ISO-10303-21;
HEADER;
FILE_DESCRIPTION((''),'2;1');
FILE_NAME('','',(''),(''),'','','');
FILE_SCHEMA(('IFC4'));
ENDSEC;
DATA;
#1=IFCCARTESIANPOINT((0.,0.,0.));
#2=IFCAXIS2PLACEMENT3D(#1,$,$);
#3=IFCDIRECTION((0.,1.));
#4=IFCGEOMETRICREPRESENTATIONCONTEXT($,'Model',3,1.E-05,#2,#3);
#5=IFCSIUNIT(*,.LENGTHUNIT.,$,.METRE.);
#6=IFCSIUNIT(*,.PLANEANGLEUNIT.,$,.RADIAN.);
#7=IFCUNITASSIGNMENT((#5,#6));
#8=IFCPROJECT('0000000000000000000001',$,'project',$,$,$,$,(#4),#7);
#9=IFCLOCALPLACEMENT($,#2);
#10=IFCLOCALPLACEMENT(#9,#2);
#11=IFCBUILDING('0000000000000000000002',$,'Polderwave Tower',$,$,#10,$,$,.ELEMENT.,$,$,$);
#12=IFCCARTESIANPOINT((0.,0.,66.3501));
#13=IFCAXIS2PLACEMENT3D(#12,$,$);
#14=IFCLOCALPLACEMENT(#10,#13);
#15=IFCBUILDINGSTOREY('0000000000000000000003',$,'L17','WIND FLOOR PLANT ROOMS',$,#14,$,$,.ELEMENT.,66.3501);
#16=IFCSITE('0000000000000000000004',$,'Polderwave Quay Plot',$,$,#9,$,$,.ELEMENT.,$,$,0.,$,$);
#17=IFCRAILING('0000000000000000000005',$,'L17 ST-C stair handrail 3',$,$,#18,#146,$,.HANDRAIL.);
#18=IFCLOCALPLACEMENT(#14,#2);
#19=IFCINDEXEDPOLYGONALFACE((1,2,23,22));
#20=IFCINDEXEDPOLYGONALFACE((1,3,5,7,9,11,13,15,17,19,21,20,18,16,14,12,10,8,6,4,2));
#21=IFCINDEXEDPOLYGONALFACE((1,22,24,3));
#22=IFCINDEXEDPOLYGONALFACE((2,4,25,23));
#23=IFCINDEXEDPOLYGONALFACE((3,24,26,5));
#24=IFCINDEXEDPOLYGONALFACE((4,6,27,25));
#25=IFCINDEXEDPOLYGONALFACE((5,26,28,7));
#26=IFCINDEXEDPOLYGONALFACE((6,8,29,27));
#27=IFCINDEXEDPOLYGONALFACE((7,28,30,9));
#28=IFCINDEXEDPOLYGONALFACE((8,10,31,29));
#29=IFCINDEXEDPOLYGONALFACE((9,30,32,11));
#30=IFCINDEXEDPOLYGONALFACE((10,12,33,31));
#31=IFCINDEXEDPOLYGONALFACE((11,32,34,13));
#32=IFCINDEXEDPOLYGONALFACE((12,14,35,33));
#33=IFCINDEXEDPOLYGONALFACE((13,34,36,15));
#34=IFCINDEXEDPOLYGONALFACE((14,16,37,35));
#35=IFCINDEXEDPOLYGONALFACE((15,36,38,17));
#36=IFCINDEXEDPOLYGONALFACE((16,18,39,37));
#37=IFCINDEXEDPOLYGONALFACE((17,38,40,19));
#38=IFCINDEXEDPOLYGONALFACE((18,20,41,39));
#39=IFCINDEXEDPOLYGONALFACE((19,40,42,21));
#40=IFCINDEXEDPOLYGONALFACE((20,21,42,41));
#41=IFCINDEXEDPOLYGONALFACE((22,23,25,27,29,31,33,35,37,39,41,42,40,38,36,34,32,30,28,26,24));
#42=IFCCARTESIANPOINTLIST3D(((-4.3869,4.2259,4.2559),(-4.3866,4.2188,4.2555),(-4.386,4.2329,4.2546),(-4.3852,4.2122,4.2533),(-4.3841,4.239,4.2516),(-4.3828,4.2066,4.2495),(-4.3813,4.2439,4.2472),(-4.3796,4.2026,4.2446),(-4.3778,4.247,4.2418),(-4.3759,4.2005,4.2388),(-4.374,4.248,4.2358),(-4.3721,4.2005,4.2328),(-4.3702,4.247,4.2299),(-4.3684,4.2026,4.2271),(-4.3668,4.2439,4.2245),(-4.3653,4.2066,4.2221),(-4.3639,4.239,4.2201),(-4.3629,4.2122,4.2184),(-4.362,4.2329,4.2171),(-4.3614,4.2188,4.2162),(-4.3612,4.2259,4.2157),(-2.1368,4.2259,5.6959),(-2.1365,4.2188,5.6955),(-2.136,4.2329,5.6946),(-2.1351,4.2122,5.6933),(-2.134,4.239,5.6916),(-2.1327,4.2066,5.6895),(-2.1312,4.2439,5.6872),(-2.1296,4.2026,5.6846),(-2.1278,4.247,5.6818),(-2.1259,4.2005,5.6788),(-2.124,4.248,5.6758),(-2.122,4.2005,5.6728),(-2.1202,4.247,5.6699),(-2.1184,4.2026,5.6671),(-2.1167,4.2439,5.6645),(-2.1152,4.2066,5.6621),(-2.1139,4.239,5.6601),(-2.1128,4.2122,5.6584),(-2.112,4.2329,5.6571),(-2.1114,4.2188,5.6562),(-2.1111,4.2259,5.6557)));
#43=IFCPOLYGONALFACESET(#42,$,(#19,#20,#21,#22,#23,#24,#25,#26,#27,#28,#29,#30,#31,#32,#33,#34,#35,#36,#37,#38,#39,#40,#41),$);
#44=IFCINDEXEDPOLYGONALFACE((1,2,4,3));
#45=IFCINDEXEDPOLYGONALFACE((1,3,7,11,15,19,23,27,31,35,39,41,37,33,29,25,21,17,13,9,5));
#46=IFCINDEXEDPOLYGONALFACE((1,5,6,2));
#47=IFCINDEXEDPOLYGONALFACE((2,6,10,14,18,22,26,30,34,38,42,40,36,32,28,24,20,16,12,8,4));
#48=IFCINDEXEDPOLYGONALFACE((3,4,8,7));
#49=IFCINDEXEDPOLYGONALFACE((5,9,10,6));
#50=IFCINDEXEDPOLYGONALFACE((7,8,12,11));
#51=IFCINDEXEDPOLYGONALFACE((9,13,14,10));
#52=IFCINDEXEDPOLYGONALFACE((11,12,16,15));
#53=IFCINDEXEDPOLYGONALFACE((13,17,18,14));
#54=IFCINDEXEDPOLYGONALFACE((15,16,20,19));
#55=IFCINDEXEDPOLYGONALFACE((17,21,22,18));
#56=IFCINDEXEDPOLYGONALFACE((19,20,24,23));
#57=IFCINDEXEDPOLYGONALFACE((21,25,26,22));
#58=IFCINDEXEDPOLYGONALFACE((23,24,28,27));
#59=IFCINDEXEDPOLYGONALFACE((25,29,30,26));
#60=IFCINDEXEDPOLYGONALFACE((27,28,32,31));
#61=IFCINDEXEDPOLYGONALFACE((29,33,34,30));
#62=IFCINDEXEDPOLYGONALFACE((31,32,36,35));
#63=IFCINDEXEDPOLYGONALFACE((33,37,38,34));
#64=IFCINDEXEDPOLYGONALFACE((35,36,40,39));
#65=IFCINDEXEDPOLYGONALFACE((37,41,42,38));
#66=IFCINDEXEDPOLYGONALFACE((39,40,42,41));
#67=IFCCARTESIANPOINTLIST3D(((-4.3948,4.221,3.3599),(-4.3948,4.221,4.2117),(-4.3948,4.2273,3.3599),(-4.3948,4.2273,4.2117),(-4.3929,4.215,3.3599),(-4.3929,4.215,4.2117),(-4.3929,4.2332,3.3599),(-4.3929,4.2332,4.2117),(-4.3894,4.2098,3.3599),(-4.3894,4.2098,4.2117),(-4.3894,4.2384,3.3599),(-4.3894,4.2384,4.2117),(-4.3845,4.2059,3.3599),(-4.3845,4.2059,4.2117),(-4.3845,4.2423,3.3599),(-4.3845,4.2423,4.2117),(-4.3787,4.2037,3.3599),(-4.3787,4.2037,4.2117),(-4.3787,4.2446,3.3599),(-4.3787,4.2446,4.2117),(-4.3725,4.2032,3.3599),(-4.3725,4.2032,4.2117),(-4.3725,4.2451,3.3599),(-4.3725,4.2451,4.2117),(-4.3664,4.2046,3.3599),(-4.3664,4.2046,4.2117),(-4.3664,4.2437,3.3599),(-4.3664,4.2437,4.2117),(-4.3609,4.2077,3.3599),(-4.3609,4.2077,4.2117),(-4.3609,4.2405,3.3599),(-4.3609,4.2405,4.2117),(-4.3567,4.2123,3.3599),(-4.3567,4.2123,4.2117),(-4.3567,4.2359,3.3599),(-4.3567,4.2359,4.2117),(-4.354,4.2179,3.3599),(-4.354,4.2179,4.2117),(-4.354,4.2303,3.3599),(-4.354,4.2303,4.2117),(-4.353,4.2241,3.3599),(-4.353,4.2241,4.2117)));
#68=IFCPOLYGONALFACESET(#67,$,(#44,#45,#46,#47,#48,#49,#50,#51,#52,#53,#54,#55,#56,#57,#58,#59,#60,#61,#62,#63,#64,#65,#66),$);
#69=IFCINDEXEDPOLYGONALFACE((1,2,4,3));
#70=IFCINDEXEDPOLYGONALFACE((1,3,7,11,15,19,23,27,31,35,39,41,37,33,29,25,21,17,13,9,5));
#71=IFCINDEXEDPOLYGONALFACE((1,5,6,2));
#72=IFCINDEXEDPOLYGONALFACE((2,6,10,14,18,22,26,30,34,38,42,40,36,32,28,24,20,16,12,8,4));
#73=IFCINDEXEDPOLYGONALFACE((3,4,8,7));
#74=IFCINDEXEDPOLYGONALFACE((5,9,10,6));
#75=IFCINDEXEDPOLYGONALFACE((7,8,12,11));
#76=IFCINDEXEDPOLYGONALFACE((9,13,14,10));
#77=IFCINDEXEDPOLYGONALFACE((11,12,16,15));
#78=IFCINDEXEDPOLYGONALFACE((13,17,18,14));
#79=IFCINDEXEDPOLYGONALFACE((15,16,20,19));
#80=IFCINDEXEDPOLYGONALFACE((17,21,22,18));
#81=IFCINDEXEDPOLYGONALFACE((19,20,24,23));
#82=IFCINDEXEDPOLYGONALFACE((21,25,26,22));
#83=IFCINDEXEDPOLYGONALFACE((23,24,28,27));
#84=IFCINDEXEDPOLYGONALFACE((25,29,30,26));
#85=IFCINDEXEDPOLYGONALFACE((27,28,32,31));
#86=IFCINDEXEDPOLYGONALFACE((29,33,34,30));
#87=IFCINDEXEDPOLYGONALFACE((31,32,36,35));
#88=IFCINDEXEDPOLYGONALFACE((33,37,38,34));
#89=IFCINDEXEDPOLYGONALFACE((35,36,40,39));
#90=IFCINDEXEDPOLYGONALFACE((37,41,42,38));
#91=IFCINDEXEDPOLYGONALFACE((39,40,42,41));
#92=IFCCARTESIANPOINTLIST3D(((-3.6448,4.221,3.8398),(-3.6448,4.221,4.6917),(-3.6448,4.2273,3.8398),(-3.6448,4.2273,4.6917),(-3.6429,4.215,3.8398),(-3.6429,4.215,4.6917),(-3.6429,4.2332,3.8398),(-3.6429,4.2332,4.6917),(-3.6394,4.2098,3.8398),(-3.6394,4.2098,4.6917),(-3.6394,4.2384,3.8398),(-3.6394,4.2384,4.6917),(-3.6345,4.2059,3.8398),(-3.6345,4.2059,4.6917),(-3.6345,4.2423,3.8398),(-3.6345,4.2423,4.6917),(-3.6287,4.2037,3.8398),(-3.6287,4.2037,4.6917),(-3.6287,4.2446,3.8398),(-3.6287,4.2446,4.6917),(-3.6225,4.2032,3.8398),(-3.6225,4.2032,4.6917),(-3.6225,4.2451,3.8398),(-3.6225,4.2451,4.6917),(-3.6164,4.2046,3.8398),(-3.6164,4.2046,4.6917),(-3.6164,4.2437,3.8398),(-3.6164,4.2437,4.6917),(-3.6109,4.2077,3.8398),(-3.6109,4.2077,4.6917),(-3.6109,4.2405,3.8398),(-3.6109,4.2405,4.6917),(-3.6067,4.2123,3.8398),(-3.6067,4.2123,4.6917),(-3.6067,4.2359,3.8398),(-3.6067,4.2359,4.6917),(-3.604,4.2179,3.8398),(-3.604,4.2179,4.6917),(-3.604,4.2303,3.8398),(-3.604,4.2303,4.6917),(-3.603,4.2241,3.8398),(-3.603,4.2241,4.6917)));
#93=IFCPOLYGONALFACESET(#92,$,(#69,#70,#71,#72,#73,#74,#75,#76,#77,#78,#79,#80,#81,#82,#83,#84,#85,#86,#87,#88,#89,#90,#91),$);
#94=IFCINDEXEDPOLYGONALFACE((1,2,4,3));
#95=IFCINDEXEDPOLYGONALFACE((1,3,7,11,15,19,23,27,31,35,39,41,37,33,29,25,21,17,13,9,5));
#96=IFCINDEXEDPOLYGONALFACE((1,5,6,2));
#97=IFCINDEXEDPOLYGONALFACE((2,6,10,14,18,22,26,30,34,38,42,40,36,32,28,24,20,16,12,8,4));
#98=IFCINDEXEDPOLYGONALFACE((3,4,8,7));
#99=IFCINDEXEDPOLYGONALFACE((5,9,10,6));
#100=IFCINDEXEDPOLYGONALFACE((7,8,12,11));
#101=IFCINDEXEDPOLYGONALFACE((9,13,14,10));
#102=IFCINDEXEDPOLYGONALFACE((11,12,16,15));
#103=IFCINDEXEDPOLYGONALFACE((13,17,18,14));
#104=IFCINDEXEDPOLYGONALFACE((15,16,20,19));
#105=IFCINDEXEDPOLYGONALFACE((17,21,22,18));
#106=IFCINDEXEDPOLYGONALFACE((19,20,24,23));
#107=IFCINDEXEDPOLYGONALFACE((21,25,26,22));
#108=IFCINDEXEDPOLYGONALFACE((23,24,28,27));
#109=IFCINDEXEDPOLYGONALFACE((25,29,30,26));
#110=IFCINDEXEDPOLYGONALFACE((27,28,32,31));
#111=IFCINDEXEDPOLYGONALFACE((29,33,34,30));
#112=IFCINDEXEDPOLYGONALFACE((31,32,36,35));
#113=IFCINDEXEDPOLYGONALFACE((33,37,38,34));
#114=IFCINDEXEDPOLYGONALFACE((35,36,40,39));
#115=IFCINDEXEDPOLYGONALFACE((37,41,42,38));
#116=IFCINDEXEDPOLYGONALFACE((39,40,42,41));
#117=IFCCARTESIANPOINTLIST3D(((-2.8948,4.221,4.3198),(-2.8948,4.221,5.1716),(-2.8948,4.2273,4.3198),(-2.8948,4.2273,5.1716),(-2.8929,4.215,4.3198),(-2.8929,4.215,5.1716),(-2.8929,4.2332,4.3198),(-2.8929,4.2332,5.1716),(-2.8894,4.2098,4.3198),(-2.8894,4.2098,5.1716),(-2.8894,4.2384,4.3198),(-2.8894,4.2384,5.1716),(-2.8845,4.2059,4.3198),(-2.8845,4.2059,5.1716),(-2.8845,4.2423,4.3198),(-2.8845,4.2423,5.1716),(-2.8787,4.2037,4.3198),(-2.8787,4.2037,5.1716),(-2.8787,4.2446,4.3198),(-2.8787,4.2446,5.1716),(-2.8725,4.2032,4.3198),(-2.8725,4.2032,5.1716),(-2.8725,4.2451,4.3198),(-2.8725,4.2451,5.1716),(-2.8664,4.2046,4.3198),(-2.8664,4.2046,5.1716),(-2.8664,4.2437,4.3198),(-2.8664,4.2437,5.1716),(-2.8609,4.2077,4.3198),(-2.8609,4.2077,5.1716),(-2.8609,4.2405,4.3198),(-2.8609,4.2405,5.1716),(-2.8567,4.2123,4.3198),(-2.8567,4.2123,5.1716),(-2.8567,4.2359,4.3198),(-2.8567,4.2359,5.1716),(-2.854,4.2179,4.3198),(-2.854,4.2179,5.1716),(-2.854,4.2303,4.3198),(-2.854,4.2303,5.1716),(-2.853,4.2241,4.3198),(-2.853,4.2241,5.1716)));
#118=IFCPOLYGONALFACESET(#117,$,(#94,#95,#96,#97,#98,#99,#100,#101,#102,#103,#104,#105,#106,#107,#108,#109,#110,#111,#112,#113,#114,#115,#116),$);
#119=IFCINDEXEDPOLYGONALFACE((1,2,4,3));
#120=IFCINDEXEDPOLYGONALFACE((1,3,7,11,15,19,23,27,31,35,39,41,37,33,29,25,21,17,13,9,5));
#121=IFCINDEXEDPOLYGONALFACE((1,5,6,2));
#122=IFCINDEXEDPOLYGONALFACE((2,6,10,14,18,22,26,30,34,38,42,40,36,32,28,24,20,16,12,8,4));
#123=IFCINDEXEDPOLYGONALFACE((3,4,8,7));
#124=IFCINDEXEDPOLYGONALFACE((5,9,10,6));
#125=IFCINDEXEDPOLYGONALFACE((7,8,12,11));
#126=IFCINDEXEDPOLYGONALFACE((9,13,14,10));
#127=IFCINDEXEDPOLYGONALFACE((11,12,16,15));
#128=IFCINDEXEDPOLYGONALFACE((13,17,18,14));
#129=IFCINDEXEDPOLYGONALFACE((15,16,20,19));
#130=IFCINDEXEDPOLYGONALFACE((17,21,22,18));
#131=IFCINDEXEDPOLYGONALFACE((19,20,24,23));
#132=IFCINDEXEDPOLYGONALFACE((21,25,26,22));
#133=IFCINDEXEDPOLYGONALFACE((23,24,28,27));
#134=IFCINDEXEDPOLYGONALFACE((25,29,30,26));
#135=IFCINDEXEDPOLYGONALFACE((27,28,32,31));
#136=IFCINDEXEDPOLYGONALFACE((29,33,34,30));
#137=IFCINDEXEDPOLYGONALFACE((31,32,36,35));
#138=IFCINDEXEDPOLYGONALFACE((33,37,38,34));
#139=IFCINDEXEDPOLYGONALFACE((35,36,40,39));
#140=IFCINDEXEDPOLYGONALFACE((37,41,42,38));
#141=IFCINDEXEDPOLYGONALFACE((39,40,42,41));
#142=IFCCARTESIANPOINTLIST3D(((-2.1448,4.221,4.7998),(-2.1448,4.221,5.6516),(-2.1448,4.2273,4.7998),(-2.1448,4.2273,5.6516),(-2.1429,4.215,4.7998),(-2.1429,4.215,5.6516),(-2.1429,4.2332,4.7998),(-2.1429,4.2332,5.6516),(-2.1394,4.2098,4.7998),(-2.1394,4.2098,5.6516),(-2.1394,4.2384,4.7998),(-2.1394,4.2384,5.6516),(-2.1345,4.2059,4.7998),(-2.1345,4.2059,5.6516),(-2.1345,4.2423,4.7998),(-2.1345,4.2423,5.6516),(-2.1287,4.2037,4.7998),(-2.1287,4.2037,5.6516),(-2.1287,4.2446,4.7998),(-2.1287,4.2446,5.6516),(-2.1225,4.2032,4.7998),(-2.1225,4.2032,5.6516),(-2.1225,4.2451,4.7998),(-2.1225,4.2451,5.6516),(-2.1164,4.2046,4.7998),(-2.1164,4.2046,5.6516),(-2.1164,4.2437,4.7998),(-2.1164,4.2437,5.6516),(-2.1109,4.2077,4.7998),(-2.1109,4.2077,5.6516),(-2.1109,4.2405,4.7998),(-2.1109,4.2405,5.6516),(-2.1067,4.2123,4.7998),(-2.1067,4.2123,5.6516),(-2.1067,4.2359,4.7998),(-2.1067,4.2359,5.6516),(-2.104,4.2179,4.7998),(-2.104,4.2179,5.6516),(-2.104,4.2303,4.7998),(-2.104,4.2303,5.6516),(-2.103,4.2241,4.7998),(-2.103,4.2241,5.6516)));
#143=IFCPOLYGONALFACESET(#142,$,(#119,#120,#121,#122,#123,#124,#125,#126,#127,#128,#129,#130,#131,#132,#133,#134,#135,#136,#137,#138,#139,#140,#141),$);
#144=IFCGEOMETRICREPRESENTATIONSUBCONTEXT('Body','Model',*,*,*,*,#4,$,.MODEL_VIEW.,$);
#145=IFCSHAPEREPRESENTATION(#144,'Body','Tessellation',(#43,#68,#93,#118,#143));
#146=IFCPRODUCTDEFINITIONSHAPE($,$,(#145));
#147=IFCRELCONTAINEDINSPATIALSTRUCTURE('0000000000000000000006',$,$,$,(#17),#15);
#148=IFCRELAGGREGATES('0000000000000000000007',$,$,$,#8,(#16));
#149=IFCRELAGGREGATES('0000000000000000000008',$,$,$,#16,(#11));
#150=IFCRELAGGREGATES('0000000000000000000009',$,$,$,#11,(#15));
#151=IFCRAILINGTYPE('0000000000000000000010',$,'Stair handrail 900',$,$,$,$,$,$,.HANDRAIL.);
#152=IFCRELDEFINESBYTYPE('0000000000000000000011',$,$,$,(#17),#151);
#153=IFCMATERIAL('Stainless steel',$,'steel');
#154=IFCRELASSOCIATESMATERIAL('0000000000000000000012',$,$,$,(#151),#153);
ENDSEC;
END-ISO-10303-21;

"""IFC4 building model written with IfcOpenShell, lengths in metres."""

from ifc_helpers import new_model, si_unit, direction, frame, origin, origin_2d, place, context, subcontext, project, spatial, circle, extrude, material, type_object, element, save


model = new_model("IFC4")

# Units and contexts
model_context = context("Model", 3, precision=1e-05, world=origin(), true_north=direction((0.0, 1.0)))
body_context = subcontext(model_context, "Body", "Model", "MODEL_VIEW")
ifc_project = project(units=[si_unit("LENGTHUNIT", "METRE"), si_unit("PLANEANGLEUNIT", "RADIAN")], contexts=[model_context])

# Site, building, storey
site_placement = place(None, origin())
site = spatial("IfcSite", under=ifc_project, at=site_placement, Name="Polderwave Quay Plot", CompositionType="ELEMENT", RefElevation=0.0)
building_placement = place(site_placement, origin())
building = spatial("IfcBuilding", under=site, at=building_placement, Name="Polderwave Tower", CompositionType="ELEMENT")
storey_placement = place(building_placement, frame((0.0, 0.0, 66.3501)))
storey = spatial("IfcBuildingStorey", under=building, at=storey_placement, Name="L17", Description="WIND FLOOR PLANT ROOMS", CompositionType="ELEMENT", Elevation=66.3501)

# Railing
ifc_material_1 = material(Name="Stainless steel", Category="steel")
railing_type_1 = type_object("IfcRailingType", Name="Stair handrail 900", PredefinedType="HANDRAIL", material=ifc_material_1)
railing_1_placement = place(storey_placement, frame((-4.374, 4.2241, 3.3599)))
element("IfcRailing", 1, at=railing_1_placement, inside=storey, type_object=railing_type_1, Name="L17 ST-C stair handrail 3", PredefinedType="HANDRAIL", context=body_context, shape_type="SweptSolid", body=[
    extrude(circle(Radius=0.0239, at=origin_2d()), frame((0.0, 0.0, 0.876), z_axis=(0.842281, 0.0, 0.539038), x_axis=(0.0, 1.0, 0.0)), (0.0, 0.0, 1.0), 2.6714),
    extrude(circle(Radius=0.021, at=origin_2d()), origin(), (0.0, 0.0, 1.0), 0.8518),
    extrude(circle(Radius=0.021, at=origin_2d()), frame((0.75, 0.0, 0.48)), (0.0, 0.0, 1.0), 0.8518),
    extrude(circle(Radius=0.021, at=origin_2d()), frame((1.5, 0.0, 0.96)), (0.0, 0.0, 1.0), 0.8518),
    extrude(circle(Radius=0.021, at=origin_2d()), frame((2.25, 0.0, 1.4399)), (0.0, 0.0, 1.0), 0.8518),
])

save(model, "model.ifc")
